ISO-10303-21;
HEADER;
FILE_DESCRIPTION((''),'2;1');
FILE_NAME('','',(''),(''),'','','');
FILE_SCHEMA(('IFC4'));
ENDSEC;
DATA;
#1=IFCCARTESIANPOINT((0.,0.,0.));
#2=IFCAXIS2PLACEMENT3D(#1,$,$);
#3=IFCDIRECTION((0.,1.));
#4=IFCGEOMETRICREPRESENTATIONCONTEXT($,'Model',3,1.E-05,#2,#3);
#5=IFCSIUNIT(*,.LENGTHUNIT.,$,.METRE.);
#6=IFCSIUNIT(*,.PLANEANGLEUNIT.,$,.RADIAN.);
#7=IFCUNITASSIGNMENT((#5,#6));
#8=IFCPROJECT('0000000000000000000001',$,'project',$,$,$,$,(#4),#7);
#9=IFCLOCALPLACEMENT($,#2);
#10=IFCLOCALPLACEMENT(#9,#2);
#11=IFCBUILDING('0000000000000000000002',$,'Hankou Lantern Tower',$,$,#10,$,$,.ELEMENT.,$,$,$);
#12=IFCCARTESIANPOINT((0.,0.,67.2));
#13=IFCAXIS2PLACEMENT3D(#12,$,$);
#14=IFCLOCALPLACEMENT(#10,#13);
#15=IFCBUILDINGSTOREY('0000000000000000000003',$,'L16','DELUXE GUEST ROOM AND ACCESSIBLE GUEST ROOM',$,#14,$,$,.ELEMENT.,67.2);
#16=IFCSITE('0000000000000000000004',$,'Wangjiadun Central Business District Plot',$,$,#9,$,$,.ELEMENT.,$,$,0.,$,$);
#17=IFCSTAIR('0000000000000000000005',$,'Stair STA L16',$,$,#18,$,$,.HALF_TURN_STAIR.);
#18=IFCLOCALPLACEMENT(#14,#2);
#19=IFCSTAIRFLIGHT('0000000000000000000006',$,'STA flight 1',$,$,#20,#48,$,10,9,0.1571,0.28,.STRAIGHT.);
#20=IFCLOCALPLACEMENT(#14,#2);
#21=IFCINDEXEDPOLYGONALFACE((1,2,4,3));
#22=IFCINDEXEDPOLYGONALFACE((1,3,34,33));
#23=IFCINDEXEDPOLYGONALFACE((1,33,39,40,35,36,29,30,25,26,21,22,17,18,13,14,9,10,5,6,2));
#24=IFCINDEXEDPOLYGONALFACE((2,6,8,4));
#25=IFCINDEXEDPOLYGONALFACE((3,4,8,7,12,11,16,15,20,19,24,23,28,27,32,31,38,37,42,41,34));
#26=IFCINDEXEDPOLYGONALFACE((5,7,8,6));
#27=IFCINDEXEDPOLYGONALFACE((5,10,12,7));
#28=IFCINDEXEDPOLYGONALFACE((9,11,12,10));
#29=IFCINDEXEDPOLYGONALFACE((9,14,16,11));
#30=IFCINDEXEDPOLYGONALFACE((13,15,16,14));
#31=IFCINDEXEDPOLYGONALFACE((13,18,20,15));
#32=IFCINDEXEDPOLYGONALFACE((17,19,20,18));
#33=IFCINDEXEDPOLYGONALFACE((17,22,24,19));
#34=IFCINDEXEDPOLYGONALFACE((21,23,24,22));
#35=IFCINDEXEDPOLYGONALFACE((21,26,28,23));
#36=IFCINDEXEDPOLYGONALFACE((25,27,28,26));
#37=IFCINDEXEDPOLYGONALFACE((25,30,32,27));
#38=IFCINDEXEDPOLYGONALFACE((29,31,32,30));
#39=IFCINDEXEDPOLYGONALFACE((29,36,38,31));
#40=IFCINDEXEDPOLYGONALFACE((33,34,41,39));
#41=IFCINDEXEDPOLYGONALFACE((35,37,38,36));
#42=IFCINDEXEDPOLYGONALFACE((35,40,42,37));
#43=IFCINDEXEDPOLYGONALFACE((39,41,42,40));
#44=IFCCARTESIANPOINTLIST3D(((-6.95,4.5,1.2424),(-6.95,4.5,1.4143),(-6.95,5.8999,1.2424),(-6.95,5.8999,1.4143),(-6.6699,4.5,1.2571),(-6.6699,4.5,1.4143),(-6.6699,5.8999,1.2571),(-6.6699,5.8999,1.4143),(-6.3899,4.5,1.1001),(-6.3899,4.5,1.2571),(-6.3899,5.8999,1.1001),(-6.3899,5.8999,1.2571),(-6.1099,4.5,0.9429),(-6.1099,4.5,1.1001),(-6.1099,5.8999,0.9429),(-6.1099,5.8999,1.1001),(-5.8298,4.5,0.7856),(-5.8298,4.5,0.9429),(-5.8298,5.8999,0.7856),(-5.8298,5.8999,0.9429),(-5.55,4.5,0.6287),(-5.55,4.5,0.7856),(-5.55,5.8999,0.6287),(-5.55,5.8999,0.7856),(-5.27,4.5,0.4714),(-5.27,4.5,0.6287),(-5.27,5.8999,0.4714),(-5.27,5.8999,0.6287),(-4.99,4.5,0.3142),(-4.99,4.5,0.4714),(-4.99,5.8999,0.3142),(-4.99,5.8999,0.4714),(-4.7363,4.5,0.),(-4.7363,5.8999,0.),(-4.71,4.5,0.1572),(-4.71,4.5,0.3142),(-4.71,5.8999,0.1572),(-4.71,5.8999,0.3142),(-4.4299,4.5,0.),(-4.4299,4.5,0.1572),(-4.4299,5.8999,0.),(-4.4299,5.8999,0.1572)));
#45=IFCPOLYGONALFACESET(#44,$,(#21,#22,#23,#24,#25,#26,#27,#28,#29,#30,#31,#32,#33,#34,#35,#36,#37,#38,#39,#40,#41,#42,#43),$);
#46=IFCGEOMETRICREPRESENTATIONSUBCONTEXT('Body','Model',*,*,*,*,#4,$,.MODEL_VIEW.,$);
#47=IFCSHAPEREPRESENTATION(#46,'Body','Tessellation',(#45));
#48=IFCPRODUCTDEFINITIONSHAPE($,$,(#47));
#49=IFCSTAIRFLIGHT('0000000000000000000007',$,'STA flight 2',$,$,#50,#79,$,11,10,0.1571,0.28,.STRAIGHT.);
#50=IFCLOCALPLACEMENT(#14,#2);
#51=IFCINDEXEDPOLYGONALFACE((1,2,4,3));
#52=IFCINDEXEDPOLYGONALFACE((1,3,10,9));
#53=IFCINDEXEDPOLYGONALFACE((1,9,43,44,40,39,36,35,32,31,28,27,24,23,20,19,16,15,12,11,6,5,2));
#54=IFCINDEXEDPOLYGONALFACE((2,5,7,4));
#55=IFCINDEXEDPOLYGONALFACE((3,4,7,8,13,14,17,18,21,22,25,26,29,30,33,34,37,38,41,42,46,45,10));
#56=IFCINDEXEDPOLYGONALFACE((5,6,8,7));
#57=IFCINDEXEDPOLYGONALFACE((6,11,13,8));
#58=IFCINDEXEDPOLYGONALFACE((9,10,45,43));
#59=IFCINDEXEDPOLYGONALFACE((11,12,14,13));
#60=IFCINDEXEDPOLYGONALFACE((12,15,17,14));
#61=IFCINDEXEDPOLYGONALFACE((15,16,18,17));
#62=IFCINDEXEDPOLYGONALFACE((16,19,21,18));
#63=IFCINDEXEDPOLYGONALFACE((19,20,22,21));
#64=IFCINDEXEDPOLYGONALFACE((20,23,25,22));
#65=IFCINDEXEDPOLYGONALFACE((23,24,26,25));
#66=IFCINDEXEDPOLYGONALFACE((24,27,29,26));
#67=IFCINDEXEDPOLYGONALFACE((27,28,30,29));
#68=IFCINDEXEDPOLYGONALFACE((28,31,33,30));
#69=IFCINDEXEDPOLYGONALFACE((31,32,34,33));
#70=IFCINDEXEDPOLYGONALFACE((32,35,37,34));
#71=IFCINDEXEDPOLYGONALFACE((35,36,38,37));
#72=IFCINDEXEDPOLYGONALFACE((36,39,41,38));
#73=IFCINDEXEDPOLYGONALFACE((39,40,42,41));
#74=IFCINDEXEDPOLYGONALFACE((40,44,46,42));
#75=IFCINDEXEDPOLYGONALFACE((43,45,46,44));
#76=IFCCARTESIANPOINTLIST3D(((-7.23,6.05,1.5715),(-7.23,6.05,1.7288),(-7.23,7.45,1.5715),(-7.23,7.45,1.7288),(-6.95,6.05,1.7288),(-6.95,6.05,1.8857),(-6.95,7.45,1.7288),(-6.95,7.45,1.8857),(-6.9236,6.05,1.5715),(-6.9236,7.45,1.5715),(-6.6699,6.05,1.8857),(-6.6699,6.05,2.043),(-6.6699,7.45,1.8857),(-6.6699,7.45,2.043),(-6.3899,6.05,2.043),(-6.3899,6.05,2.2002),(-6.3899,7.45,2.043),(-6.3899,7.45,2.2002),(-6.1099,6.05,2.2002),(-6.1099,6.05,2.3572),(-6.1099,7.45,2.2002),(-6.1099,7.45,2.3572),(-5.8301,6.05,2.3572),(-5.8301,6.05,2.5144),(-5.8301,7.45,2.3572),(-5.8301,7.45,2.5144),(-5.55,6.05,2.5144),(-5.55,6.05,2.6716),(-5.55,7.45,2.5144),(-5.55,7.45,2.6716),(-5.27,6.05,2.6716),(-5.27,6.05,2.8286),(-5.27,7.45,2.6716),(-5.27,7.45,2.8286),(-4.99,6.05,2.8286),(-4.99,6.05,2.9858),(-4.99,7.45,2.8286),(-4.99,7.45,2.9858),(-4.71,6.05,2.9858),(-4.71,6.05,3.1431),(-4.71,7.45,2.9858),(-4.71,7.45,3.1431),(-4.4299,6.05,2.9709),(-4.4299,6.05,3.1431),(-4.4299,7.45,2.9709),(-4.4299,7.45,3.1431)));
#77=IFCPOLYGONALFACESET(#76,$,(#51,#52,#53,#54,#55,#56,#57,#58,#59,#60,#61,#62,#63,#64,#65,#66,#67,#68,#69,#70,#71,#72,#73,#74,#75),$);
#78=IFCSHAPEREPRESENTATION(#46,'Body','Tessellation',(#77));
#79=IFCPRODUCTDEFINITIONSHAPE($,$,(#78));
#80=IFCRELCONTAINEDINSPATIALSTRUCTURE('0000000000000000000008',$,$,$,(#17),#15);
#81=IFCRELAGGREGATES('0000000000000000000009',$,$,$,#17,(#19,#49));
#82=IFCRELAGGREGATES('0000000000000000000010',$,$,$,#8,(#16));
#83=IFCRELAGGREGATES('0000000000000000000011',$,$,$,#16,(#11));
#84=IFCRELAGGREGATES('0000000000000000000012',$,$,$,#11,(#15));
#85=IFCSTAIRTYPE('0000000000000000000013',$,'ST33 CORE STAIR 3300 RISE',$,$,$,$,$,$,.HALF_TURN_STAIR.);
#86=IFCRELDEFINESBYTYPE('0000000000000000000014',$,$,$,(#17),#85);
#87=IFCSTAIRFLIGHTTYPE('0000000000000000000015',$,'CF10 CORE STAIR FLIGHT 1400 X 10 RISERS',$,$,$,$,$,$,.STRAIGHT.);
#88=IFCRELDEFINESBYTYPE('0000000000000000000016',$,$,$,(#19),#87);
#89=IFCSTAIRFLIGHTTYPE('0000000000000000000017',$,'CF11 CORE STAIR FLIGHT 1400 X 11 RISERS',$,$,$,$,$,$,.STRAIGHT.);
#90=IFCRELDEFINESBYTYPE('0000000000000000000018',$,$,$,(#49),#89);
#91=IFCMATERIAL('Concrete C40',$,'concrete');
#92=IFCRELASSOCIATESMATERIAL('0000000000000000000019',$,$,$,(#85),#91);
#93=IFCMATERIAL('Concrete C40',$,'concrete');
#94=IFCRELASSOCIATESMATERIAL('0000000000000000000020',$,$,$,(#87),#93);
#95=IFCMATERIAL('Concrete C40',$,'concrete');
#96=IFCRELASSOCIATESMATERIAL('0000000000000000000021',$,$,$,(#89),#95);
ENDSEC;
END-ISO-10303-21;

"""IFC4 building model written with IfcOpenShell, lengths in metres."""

from ifc_helpers import new_model, si_unit, direction, frame, origin, place, context, subcontext, project, spatial, polyline, outline, extrude, material, type_object, element, aggregate, save


model = new_model("IFC4")

# Units and contexts
model_context = context("Model", 3, precision=1e-05, world=origin(), true_north=direction((0.0, 1.0)))
body_context = subcontext(model_context, "Body", "Model", "MODEL_VIEW")
ifc_project = project(units=[si_unit("LENGTHUNIT", "METRE"), si_unit("PLANEANGLEUNIT", "RADIAN")], contexts=[model_context])

# Site, building, storey
site_placement = place(None, origin())
site = spatial("IfcSite", under=ifc_project, at=site_placement, Name="Wangjiadun Central Business District Plot", CompositionType="ELEMENT", RefElevation=0.0)
building_placement = place(site_placement, origin())
building = spatial("IfcBuilding", under=site, at=building_placement, Name="Hankou Lantern Tower", CompositionType="ELEMENT")
storey_placement = place(building_placement, frame((0.0, 0.0, 67.2)))
storey = spatial("IfcBuildingStorey", under=building, at=storey_placement, Name="L16", Description="DELUXE GUEST ROOM AND ACCESSIBLE GUEST ROOM", CompositionType="ELEMENT", Elevation=67.2)

# Stair, stair flights
ifc_material_1 = material(Name="Concrete C40", Category="concrete")
stair_type = type_object("IfcStairType", Name="ST33 CORE STAIR 3300 RISE", PredefinedType="HALF_TURN_STAIR", material=ifc_material_1)
stair_placement = place(storey_placement, origin())
stair = element("IfcStair", 1, at=stair_placement, inside=storey, type_object=stair_type, Name="Stair STA L16", PredefinedType="HALF_TURN_STAIR")
ifc_material_2 = material(Name="Concrete C40", Category="concrete")
stair_flight_type_1 = type_object("IfcStairFlightType", Name="CF10 CORE STAIR FLIGHT 1400 X 10 RISERS", PredefinedType="STRAIGHT", material=ifc_material_2)
stair_flight_1_placement = place(storey_placement, frame((-4.4299, 5.2, 0.0), z_axis=(0.0, 0.0, 1.0), x_axis=(-1.0, 0.0, 0.0)))
stair_flight_1 = element("IfcStairFlight", 2, at=stair_flight_1_placement, type_object=stair_flight_type_1, Name="STA flight 1", NumberOfRisers=10, NumberOfTreads=9, PredefinedType="STRAIGHT", RiserHeight=0.1571, TreadLength=0.28, context=body_context, shape_type="SweptSolid", body=[
    extrude(outline(polyline([(0.0, 0.0), (0.0, 0.1572), (0.28, 0.1572), (0.28, 0.3142), (0.5601, 0.3142), (0.5601, 0.4714), (0.8401, 0.4714), (0.8401, 0.6287), (1.1201, 0.6287), (1.1201, 0.7856), (1.3999, 0.7856), (1.3999, 0.9429), (1.6799, 0.9429), (1.6799, 1.1001), (1.96, 1.1001), (1.96, 1.2571), (2.24, 1.2571), (2.24, 1.4143), (2.52, 1.4143), (2.52, 1.5715), (2.52, 1.2424), (0.3064, 0.0), (0.0, 0.0)])), frame((0.0, 0.7, 0.0), z_axis=(0.0, -1.0, 0.0), x_axis=(1.0, 0.0, 0.0)), (0.0, 0.0, 1.0), 1.3999),
])
ifc_material_3 = material(Name="Concrete C40", Category="concrete")
stair_flight_type_2 = type_object("IfcStairFlightType", Name="CF11 CORE STAIR FLIGHT 1400 X 11 RISERS", PredefinedType="STRAIGHT", material=ifc_material_3)
stair_flight_2_placement = place(storey_placement, frame((-7.23, 6.75, 1.5715), z_axis=(0.0, 0.0, 1.0), x_axis=(1.0, 0.0, 0.0)))
stair_flight_2 = element("IfcStairFlight", 3, at=stair_flight_2_placement, type_object=stair_flight_type_2, Name="STA flight 2", NumberOfRisers=11, NumberOfTreads=10, PredefinedType="STRAIGHT", RiserHeight=0.1571, TreadLength=0.28, context=body_context, shape_type="SweptSolid", body=[
    extrude(outline(polyline([(0.0, 0.0), (0.0, 0.1572), (0.28, 0.1572), (0.28, 0.3142), (0.5601, 0.3142), (0.5601, 0.4714), (0.8401, 0.4714), (0.8401, 0.6287), (1.1201, 0.6287), (1.1201, 0.7856), (1.3999, 0.7856), (1.3999, 0.9429), (1.6799, 0.9429), (1.6799, 1.1001), (1.96, 1.1001), (1.96, 1.2571), (2.24, 1.2571), (2.24, 1.4143), (2.52, 1.4143), (2.52, 1.5715), (2.8, 1.5715), (2.8, 1.7285), (2.8, 1.3994), (0.3064, 0.0), (0.0, 0.0)])), frame((0.0, 0.7, 0.0), z_axis=(0.0, -1.0, 0.0), x_axis=(1.0, 0.0, 0.0)), (0.0, 0.0, 1.0), 1.3999),
])
aggregate(stair, [stair_flight_1, stair_flight_2])

save(model, "model.ifc")
